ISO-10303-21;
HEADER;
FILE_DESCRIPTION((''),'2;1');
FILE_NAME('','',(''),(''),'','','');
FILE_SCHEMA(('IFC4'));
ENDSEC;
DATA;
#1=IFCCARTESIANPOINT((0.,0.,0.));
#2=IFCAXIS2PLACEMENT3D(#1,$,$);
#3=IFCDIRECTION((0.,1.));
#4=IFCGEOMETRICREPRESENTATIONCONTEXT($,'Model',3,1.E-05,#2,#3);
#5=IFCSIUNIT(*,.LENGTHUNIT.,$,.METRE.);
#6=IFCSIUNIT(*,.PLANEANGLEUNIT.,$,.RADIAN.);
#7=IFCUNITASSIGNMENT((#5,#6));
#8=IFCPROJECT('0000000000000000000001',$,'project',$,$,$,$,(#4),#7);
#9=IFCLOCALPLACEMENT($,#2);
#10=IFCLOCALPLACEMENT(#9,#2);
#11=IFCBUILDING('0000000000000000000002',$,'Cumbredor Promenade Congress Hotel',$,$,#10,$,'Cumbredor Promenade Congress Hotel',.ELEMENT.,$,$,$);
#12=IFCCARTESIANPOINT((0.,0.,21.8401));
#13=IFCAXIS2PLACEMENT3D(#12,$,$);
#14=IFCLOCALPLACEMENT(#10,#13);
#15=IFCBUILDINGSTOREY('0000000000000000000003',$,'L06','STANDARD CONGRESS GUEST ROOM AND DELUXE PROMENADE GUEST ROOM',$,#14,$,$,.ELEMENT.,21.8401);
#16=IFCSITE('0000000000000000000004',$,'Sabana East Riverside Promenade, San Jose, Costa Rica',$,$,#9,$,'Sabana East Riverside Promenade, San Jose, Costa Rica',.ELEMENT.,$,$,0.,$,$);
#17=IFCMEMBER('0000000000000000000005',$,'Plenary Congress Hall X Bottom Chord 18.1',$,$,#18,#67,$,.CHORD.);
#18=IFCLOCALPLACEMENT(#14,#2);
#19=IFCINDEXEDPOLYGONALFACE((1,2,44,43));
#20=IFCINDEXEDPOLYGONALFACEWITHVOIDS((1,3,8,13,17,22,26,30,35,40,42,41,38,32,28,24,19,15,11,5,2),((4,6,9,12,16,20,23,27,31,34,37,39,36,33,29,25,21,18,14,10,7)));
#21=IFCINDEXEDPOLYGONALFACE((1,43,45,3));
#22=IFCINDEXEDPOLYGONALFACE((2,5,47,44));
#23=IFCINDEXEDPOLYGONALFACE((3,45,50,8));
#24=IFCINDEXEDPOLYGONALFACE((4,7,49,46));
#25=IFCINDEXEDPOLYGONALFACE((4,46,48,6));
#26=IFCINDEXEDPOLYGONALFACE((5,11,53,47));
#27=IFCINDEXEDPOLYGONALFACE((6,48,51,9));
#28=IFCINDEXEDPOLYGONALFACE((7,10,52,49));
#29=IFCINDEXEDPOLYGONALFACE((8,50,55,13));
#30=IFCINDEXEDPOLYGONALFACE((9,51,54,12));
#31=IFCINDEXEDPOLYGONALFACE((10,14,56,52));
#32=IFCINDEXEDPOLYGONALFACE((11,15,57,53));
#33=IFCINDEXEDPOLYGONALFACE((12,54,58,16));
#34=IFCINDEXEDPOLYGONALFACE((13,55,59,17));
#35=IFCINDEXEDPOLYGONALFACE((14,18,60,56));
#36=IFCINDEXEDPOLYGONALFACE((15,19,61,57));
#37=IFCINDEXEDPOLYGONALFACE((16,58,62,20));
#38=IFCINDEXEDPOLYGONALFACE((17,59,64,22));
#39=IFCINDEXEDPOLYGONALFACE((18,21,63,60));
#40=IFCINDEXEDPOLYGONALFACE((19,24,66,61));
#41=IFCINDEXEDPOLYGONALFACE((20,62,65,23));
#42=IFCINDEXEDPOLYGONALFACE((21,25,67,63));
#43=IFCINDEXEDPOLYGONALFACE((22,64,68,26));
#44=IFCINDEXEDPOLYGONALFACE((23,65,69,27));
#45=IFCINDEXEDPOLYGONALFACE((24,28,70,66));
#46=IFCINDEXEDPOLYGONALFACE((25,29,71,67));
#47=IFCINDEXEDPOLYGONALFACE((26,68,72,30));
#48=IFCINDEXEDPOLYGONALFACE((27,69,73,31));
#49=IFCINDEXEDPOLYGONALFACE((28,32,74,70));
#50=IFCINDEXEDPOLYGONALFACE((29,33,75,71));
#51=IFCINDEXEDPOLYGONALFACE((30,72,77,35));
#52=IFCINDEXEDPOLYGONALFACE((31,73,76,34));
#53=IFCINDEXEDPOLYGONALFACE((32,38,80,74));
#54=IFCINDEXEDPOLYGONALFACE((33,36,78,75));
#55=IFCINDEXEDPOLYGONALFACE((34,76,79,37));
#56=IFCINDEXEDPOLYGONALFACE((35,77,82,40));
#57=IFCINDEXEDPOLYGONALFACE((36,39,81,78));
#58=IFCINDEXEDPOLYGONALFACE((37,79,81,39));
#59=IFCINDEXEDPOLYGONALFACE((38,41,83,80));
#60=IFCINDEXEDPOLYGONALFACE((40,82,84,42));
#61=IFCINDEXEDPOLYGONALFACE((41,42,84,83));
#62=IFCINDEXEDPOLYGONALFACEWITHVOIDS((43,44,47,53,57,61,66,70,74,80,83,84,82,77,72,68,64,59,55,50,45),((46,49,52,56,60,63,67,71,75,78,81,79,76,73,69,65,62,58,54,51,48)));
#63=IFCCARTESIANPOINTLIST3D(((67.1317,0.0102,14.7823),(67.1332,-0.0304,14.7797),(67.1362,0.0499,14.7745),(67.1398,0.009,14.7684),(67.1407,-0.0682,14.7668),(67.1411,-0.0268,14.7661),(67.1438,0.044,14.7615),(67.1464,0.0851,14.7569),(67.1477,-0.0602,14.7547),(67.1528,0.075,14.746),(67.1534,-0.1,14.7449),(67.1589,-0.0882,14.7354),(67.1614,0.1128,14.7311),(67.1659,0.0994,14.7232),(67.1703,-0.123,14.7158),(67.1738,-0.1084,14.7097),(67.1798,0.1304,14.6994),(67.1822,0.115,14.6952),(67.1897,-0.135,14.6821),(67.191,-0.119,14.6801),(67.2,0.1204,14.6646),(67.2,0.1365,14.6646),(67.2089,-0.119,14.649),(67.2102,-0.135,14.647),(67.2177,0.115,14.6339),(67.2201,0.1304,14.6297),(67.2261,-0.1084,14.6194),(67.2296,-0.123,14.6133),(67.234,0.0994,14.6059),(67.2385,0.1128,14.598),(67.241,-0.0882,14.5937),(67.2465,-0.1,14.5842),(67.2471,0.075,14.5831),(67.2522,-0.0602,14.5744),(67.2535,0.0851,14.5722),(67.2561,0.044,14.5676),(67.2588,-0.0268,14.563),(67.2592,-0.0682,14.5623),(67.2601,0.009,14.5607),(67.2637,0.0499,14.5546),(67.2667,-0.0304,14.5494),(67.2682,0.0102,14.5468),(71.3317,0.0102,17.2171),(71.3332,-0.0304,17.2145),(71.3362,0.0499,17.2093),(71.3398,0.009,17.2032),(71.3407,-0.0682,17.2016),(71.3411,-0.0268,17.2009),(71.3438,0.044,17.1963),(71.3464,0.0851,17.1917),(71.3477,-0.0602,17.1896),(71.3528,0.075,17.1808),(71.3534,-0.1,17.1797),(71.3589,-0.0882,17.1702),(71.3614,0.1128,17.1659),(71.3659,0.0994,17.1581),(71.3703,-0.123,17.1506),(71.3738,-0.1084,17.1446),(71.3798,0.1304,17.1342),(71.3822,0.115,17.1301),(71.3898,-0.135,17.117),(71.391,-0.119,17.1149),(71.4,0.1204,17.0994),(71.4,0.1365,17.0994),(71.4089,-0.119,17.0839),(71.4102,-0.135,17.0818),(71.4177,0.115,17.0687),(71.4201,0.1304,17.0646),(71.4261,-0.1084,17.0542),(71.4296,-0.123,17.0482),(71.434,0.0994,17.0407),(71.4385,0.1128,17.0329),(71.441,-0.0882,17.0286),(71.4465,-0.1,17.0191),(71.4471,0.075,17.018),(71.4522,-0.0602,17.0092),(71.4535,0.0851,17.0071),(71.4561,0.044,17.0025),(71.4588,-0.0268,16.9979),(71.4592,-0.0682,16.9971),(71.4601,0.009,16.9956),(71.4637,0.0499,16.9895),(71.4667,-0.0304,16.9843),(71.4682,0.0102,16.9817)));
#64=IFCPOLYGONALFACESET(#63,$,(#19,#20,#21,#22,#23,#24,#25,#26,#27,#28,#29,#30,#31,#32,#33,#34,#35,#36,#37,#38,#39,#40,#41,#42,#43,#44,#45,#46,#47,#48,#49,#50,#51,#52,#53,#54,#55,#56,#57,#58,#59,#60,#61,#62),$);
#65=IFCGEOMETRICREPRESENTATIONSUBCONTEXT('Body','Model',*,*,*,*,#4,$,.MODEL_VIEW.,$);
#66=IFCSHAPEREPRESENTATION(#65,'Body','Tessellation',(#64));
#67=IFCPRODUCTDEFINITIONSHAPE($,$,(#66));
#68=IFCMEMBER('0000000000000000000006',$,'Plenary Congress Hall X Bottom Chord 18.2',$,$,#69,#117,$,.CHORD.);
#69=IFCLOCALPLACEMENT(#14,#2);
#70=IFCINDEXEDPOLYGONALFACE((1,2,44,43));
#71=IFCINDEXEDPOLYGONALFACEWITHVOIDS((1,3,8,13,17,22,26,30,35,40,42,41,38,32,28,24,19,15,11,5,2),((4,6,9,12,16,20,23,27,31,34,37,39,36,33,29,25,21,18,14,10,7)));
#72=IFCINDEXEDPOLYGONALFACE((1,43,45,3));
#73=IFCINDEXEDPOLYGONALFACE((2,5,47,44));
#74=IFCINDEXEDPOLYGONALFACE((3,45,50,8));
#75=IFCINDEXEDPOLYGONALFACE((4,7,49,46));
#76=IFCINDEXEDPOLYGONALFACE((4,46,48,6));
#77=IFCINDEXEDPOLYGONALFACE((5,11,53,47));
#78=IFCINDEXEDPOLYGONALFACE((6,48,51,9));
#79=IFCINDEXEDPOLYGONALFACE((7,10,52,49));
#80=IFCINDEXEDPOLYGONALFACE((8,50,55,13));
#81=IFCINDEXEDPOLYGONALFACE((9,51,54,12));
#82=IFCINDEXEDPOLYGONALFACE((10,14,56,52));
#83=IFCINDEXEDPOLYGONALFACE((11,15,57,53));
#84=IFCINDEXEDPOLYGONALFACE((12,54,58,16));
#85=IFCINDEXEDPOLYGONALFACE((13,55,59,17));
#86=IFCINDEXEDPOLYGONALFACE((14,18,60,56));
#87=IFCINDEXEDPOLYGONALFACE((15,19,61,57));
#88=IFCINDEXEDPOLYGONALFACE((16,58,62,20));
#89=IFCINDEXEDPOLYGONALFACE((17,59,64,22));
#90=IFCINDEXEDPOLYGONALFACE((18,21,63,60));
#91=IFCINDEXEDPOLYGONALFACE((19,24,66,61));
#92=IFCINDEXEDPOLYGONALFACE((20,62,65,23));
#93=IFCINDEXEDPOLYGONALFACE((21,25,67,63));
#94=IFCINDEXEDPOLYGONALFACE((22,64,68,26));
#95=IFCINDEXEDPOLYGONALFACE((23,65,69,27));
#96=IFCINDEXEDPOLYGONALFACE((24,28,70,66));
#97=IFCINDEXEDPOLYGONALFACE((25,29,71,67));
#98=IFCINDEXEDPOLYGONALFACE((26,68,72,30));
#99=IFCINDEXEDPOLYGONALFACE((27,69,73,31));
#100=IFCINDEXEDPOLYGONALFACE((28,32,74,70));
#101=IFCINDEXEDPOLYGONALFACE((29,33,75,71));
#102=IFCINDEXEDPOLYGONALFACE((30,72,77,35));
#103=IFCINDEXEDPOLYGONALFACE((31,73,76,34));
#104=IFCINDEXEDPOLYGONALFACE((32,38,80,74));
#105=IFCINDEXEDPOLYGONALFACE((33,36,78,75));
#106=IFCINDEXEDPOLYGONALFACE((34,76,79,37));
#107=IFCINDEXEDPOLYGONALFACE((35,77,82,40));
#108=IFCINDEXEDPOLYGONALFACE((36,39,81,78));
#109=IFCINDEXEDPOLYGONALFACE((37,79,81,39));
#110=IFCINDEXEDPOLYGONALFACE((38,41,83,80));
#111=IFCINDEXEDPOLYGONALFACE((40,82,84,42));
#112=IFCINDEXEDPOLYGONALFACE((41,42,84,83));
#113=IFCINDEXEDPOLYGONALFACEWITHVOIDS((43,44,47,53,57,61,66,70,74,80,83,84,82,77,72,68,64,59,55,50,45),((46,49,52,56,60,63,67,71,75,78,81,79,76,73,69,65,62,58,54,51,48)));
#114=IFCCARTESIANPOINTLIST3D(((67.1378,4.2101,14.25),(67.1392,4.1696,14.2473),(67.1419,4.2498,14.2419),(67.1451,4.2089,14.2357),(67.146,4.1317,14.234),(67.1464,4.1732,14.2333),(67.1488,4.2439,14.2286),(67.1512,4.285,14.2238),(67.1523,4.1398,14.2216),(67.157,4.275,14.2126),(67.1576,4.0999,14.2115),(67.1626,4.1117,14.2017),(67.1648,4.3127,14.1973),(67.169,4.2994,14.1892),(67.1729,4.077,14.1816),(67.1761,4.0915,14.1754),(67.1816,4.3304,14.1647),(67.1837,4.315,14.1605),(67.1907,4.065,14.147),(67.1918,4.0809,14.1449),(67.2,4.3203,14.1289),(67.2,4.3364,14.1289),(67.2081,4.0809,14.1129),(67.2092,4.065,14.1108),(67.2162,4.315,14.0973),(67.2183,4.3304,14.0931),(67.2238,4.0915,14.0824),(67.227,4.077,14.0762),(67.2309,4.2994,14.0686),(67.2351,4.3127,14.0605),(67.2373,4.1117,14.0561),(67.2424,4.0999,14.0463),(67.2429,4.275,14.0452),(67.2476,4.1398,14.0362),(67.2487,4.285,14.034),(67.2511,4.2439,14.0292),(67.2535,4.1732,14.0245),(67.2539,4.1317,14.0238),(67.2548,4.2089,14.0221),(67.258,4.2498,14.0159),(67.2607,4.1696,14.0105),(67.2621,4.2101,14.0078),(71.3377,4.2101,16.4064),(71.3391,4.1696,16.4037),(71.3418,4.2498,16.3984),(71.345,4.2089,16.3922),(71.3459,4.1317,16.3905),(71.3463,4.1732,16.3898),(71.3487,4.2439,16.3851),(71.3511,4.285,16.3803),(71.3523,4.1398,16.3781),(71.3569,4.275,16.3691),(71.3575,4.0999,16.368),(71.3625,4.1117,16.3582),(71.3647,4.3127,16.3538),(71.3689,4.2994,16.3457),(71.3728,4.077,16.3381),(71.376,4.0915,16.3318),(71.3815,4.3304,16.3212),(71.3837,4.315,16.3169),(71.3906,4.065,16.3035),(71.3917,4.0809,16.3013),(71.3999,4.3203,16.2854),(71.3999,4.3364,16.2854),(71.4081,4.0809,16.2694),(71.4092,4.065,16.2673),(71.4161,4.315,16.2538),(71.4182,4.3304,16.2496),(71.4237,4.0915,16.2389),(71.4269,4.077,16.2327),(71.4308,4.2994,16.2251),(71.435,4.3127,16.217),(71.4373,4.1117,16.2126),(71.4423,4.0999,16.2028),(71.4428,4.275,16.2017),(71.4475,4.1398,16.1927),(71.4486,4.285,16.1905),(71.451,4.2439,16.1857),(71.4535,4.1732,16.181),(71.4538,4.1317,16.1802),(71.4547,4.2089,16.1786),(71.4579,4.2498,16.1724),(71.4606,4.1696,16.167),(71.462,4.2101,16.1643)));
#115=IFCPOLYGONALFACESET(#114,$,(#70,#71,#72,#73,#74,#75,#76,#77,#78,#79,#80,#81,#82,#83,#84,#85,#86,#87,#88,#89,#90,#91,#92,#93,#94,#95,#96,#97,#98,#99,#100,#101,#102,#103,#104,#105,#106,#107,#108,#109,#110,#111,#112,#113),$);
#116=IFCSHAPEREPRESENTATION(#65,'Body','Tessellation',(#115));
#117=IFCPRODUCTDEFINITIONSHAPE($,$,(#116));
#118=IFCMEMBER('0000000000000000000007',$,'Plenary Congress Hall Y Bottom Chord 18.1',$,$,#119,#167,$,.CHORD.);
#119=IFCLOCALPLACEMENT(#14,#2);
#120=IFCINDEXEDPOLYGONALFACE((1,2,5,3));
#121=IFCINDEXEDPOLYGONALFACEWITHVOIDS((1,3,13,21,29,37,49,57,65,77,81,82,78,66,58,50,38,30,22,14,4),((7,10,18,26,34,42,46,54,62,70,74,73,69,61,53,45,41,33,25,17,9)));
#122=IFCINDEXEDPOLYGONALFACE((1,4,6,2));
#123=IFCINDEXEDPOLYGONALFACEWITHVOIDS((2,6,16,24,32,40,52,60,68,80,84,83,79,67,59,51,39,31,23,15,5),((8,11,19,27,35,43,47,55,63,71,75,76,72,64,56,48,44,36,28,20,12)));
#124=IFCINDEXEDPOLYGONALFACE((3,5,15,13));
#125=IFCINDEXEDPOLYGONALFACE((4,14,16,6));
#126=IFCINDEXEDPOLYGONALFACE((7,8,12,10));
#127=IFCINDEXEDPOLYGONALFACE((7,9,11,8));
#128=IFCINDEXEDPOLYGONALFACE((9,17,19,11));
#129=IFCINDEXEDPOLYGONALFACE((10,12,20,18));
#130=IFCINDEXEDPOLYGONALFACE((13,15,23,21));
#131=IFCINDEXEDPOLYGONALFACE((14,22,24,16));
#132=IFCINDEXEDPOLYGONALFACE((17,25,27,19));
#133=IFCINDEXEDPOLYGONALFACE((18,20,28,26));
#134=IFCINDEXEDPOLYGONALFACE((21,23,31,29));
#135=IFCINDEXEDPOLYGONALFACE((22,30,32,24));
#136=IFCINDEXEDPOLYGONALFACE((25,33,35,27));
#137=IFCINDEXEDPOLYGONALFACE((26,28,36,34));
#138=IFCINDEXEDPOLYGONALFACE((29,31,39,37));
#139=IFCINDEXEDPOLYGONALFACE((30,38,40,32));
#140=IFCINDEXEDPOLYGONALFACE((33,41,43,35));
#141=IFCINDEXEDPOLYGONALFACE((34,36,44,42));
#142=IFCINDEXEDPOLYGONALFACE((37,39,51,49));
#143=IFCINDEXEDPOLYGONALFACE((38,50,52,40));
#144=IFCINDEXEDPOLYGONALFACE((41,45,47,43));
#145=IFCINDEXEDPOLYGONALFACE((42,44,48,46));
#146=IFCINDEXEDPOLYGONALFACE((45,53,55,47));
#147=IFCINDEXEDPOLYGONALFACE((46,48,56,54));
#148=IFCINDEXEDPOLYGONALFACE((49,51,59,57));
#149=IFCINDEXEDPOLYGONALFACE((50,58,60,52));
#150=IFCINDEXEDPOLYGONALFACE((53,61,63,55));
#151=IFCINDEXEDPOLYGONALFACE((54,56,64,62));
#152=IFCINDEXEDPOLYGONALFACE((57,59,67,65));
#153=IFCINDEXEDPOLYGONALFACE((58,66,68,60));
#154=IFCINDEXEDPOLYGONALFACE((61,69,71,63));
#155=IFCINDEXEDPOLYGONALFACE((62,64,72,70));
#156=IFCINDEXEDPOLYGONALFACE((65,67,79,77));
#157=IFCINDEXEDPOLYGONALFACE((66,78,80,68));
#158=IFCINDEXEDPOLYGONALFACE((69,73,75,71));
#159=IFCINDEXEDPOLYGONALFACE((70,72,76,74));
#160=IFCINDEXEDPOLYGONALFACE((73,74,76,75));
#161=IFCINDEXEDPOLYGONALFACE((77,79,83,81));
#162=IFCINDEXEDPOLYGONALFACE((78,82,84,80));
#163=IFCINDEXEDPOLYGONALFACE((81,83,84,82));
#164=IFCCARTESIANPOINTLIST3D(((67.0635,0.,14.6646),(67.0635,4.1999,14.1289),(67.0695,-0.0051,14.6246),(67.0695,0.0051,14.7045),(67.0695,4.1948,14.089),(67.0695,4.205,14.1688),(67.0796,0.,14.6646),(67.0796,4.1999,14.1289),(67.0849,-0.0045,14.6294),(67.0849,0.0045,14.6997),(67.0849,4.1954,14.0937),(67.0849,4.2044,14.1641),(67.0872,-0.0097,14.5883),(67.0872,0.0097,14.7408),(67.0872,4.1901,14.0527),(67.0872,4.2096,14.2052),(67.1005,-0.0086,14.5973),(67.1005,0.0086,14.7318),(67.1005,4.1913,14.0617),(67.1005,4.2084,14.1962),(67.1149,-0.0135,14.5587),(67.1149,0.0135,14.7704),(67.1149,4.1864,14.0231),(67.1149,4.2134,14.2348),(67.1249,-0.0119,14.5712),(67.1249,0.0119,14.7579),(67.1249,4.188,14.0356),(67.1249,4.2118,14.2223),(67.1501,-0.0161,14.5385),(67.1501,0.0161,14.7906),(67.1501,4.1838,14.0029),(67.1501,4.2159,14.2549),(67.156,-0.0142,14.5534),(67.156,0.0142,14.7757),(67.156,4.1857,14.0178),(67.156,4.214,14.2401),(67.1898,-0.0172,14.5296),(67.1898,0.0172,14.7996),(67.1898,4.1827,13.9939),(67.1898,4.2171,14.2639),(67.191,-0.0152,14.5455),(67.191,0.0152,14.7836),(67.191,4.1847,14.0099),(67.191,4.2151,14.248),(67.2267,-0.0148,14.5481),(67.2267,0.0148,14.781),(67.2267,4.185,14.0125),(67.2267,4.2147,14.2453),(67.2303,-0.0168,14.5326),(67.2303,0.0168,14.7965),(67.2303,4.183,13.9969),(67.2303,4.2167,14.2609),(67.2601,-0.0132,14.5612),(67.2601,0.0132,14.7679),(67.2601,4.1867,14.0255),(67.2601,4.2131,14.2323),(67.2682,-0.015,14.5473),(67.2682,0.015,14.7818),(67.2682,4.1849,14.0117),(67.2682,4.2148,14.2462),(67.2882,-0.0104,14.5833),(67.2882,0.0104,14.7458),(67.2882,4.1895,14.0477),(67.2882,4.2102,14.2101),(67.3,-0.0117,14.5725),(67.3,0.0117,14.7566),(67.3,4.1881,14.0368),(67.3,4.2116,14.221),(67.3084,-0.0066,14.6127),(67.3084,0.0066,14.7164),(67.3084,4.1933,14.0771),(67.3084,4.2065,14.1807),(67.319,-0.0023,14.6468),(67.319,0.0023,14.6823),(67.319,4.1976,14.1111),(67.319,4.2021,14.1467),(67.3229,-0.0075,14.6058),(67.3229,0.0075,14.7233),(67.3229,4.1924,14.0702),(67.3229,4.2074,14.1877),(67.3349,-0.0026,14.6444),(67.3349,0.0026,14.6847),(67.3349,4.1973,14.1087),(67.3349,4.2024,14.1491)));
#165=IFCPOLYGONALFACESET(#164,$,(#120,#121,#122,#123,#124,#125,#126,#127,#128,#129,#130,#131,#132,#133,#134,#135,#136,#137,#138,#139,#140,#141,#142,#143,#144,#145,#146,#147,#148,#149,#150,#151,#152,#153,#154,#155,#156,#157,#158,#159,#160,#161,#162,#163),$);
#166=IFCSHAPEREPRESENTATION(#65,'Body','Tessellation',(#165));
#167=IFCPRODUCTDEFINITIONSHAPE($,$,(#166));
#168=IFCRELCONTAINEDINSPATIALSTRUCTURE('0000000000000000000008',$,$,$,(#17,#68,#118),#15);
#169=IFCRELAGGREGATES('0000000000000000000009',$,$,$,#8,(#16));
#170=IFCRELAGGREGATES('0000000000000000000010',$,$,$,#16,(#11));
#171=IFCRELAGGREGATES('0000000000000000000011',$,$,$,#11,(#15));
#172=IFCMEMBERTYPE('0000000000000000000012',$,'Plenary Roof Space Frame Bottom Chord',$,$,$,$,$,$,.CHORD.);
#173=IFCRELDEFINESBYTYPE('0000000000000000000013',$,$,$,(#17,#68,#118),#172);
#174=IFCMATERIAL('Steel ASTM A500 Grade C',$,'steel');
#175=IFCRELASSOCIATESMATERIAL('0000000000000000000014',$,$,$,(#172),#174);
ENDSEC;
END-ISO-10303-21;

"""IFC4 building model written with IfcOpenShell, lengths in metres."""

from ifc_helpers import new_model, si_unit, direction, frame, origin, origin_2d, place, context, subcontext, project, spatial, hollow_circle, extrude, material, material_profile, profile_set, type_object, element, save


model = new_model("IFC4")

# Units and contexts
model_context = context("Model", 3, precision=1e-05, world=origin(), true_north=direction((0.0, 1.0)))
body_context = subcontext(model_context, "Body", "Model", "MODEL_VIEW")
ifc_project = project(units=[si_unit("LENGTHUNIT", "METRE"), si_unit("PLANEANGLEUNIT", "RADIAN")], contexts=[model_context])

# Site, building, storey
site_placement = place(None, origin())
site = spatial("IfcSite", under=ifc_project, at=site_placement, Name="Sabana East Riverside Promenade, San Jose, Costa Rica", LongName="Sabana East Riverside Promenade, San Jose, Costa Rica", CompositionType="ELEMENT", RefElevation=0.0)
building_placement = place(site_placement, origin())
building = spatial("IfcBuilding", under=site, at=building_placement, Name="Cumbredor Promenade Congress Hotel", LongName="Cumbredor Promenade Congress Hotel", CompositionType="ELEMENT")
storey_placement = place(building_placement, frame((0.0, 0.0, 21.8401)))
storey = spatial("IfcBuildingStorey", under=building, at=storey_placement, Name="L06", Description="STANDARD CONGRESS GUEST ROOM AND DELUXE PROMENADE GUEST ROOM", CompositionType="ELEMENT", Elevation=21.8401)

# Members
ifc_material_1 = material(Name="Steel ASTM A500 Grade C", Category="steel")
ifc_material_profile_1 = material_profile(ifc_material_1, hollow_circle(Radius=0.1365, WallThickness=0.0161, at=origin_2d()), Name="CHS 273.0x16")
ifc_profile_set_1 = profile_set([ifc_material_profile_1], Name="Steel ASTM A500 Grade C")
member_type_1 = type_object("IfcMemberType", Name="Plenary Roof Space Frame Bottom Chord", PredefinedType="CHORD", material=ifc_profile_set_1)
member_1_placement = place(storey_placement, frame((67.2, 0.0, 14.6646), z_axis=(0.865135, 0.0, 0.50154), x_axis=(0.0, 1.0, 0.0)))
element("IfcMember", 1, at=member_1_placement, inside=storey, type_object=member_type_1, Name="Plenary Congress Hall X Bottom Chord 18.1", PredefinedType="CHORD", context=body_context, shape_type="SweptSolid", body=[
    extrude(hollow_circle(Radius=0.1365, WallThickness=0.0161, at=origin_2d()), origin(), (0.0, 0.0, 1.0), 4.8547),
])
member_2_placement = place(storey_placement, frame((67.2, 4.2, 14.1289), z_axis=(0.889587, 0.0, 0.456765), x_axis=(0.0, 1.0, 0.0)))
element("IfcMember", 2, at=member_2_placement, inside=storey, type_object=member_type_1, Name="Plenary Congress Hall X Bottom Chord 18.2", PredefinedType="CHORD", context=body_context, shape_type="SweptSolid", body=[
    extrude(hollow_circle(Radius=0.1365, WallThickness=0.0161, at=origin_2d()), origin(), (0.0, 0.0, 1.0), 4.7212),
])
member_3_placement = place(storey_placement, frame((67.2, 0.0, 14.6646), z_axis=(0.0, 0.991965, -0.126511), x_axis=(-1.0, 0.0, 0.0)))
element("IfcMember", 3, at=member_3_placement, inside=storey, type_object=member_type_1, Name="Plenary Congress Hall Y Bottom Chord 18.1", PredefinedType="CHORD", context=body_context, shape_type="SweptSolid", body=[
    extrude(hollow_circle(Radius=0.1365, WallThickness=0.0161, at=origin_2d()), origin(), (0.0, 0.0, 1.0), 4.2339),
])

save(model, "model.ifc")
